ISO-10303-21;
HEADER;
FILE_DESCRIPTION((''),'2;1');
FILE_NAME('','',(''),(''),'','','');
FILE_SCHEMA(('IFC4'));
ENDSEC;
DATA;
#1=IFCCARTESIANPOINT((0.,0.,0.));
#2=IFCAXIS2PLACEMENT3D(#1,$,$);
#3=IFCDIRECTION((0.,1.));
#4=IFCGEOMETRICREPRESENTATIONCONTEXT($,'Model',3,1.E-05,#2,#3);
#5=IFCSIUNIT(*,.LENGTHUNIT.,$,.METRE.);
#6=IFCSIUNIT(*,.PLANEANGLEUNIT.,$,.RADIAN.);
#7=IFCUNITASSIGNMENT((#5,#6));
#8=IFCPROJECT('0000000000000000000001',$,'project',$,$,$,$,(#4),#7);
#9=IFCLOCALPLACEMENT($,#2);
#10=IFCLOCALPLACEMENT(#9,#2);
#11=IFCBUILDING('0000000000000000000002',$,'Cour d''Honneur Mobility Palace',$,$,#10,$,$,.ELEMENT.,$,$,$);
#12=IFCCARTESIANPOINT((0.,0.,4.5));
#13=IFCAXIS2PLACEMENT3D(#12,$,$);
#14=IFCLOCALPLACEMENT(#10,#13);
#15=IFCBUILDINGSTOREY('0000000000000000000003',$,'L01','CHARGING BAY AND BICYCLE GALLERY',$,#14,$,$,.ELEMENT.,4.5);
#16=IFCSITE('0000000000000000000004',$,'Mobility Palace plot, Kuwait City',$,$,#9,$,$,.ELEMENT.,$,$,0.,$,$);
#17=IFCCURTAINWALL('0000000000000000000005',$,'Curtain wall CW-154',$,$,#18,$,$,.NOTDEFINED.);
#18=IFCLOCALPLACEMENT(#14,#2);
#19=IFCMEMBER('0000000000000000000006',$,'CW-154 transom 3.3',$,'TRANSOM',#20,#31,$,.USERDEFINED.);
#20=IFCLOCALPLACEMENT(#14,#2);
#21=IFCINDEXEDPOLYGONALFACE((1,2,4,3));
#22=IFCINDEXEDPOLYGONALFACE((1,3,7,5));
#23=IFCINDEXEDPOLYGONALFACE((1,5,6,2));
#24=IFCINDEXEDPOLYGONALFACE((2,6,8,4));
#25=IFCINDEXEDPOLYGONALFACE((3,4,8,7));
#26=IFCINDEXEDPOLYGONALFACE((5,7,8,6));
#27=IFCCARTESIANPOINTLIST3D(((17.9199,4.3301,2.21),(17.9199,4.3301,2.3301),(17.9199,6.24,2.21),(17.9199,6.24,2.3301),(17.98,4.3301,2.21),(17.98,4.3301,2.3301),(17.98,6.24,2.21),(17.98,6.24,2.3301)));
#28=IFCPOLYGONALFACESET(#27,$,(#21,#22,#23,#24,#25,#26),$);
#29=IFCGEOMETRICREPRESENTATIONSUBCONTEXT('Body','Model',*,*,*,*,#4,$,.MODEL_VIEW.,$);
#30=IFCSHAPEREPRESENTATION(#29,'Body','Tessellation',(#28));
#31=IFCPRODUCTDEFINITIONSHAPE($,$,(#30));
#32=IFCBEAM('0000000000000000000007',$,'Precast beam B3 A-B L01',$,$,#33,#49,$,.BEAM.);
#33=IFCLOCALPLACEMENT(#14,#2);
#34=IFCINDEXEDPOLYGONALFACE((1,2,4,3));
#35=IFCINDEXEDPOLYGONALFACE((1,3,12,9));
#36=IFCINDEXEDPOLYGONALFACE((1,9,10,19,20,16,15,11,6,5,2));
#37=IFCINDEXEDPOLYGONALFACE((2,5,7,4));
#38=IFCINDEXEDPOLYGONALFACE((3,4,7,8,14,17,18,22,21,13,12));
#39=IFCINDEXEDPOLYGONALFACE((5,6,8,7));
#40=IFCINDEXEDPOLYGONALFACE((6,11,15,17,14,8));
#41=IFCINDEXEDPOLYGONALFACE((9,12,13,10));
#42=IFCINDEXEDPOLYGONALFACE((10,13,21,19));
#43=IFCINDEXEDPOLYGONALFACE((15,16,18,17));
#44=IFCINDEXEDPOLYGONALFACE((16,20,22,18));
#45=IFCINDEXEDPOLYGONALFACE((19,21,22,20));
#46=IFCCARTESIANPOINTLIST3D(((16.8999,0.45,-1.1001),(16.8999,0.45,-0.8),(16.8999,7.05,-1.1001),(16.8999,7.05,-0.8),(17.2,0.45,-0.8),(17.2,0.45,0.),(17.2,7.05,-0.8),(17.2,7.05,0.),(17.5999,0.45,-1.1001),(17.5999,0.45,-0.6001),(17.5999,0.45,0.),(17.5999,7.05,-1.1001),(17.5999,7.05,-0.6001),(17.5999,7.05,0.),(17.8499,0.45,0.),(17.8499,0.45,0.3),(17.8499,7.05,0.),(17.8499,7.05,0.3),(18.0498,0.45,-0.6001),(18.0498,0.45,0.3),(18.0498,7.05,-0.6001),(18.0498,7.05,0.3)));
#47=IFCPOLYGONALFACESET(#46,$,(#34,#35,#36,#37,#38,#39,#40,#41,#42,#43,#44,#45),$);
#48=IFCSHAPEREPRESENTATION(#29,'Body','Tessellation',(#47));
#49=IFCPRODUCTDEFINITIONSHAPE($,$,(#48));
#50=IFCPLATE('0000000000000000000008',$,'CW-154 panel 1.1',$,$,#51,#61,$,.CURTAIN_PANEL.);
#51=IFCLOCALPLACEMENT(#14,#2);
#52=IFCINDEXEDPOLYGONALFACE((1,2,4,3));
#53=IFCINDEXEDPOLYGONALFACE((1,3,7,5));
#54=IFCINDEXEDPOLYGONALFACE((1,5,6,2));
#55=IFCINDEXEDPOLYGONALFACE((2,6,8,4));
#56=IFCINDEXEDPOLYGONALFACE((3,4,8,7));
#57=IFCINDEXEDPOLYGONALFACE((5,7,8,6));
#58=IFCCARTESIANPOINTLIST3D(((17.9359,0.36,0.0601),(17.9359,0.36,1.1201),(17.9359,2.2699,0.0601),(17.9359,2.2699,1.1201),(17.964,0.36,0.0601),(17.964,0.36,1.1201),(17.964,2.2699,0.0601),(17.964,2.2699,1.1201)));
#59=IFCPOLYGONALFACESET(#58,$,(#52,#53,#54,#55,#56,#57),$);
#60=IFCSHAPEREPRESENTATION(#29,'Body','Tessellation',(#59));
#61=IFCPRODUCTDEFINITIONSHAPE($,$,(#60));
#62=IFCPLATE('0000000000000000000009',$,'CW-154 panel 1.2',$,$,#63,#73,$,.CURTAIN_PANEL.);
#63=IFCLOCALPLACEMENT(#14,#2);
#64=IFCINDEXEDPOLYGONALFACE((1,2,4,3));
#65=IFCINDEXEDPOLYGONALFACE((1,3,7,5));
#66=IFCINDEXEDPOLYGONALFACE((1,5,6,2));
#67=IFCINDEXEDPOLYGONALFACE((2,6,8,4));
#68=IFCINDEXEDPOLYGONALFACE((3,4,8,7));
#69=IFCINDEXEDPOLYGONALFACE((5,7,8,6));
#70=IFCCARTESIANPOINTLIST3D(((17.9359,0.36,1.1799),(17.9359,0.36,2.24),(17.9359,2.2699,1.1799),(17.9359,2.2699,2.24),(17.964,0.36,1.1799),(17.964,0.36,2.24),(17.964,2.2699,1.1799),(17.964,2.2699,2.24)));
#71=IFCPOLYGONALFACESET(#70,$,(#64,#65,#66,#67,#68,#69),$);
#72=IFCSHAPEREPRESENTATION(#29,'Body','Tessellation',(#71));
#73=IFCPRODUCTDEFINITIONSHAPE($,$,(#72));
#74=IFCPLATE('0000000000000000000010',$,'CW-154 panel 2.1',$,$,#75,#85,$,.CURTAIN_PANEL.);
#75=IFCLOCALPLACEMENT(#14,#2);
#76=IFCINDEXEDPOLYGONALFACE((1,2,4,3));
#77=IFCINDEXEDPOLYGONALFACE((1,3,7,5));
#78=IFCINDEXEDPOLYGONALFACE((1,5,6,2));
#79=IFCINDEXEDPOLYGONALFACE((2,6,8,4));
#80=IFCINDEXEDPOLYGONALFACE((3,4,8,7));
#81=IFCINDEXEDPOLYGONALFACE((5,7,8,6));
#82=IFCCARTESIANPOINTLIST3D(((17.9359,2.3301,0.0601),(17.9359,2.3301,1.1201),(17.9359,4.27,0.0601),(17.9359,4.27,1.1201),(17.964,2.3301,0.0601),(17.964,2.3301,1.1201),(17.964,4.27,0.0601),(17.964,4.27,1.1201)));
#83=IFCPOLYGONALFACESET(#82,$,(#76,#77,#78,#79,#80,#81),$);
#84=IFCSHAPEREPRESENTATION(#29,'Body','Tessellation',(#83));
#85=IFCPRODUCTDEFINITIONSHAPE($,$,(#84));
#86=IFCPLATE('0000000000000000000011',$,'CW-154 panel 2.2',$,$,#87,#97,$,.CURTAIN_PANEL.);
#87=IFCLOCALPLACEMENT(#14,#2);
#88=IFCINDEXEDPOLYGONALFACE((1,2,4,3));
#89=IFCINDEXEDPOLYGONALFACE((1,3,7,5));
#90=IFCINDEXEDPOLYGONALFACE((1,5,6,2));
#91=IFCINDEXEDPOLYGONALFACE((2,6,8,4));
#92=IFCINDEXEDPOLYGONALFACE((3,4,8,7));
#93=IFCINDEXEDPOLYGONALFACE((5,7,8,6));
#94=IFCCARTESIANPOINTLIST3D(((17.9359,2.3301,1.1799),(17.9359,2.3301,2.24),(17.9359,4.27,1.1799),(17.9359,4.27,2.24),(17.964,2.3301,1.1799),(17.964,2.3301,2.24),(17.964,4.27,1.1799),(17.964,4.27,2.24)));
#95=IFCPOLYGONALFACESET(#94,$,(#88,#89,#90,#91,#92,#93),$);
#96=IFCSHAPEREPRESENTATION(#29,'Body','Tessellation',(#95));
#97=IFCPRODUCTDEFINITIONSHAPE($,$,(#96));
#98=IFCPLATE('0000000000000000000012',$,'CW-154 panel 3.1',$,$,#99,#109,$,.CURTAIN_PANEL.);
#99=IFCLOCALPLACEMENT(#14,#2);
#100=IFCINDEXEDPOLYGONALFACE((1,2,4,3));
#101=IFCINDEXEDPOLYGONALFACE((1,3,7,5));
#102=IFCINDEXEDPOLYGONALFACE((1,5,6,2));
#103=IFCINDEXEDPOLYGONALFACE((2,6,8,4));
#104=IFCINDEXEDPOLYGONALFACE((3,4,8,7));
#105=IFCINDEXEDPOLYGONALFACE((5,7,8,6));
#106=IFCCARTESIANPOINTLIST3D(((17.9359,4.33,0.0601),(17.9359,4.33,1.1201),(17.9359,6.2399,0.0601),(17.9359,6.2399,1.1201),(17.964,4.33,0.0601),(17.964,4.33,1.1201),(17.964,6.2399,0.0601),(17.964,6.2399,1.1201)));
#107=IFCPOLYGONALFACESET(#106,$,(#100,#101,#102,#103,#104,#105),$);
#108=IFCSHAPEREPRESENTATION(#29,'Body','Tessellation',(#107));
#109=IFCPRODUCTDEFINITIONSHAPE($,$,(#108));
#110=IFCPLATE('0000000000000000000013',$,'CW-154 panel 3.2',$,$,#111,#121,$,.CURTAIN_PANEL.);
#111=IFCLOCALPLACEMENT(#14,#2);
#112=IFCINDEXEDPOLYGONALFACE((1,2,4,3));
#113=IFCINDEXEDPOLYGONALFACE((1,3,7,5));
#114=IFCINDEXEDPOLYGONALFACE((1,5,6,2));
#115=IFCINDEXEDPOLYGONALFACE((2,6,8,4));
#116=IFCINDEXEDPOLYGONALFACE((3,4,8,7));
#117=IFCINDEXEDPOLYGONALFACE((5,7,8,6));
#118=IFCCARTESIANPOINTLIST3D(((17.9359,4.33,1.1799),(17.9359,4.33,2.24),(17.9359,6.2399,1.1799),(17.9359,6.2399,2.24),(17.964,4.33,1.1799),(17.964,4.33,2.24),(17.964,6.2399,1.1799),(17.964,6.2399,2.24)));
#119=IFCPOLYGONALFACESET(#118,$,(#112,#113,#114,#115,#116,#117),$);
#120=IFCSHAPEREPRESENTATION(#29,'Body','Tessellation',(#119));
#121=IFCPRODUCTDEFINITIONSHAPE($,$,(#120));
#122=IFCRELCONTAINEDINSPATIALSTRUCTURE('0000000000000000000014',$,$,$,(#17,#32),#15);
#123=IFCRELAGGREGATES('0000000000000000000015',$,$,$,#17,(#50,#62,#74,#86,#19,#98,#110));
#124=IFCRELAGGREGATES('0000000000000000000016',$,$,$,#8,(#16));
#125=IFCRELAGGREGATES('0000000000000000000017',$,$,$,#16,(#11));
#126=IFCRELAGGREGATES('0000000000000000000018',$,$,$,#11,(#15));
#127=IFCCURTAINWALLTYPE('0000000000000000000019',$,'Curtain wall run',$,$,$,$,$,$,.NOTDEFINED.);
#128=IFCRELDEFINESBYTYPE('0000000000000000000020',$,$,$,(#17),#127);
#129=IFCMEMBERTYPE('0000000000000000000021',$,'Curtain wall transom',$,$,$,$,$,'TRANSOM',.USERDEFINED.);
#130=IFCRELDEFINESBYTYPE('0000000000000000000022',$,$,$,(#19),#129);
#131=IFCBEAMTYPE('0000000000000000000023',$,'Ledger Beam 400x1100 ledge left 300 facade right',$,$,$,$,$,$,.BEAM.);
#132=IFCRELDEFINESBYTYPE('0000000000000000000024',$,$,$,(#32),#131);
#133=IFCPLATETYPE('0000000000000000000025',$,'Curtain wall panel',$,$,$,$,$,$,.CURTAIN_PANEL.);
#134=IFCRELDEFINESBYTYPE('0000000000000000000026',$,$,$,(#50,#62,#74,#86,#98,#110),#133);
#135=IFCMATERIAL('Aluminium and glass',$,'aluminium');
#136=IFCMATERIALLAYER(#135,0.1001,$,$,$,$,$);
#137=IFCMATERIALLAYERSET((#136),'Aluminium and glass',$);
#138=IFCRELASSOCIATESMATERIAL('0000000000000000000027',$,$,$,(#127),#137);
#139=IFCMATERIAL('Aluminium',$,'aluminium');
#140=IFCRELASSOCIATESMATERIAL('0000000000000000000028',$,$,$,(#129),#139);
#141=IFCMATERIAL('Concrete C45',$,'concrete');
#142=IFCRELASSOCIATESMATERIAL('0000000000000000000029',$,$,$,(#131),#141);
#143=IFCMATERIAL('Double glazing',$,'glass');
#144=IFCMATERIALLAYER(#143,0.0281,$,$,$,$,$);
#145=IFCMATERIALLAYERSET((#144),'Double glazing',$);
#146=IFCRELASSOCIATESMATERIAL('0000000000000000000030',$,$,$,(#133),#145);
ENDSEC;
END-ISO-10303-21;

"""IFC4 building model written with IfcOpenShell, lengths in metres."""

from ifc_helpers import new_model, si_unit, direction, frame, origin, origin_2d, place, context, subcontext, project, spatial, polyline, rectangle, outline, extrude, material, layer, layer_set, material_profile, profile_set, type_object, element, aggregate, save


model = new_model("IFC4")

# Units and contexts
model_context = context("Model", 3, precision=1e-05, world=origin(), true_north=direction((0.0, 1.0)))
body_context = subcontext(model_context, "Body", "Model", "MODEL_VIEW")
ifc_project = project(units=[si_unit("LENGTHUNIT", "METRE"), si_unit("PLANEANGLEUNIT", "RADIAN")], contexts=[model_context])

# Site, building, storey
site_placement = place(None, origin())
site = spatial("IfcSite", under=ifc_project, at=site_placement, Name="Mobility Palace plot, Kuwait City", CompositionType="ELEMENT", RefElevation=0.0)
building_placement = place(site_placement, origin())
building = spatial("IfcBuilding", under=site, at=building_placement, Name="Cour d'Honneur Mobility Palace", CompositionType="ELEMENT")
storey_placement = place(building_placement, frame((0.0, 0.0, 4.5)))
storey = spatial("IfcBuildingStorey", under=building, at=storey_placement, Name="L01", Description="CHARGING BAY AND BICYCLE GALLERY", CompositionType="ELEMENT", Elevation=4.5)

# Curtain wall, member
ifc_material_1 = material(Name="Aluminium and glass", Category="aluminium")
ifc_layer_1 = layer(ifc_material_1, 0.1001)
ifc_layer_set_1 = layer_set([ifc_layer_1], Name="Aluminium and glass")
curtain_wall_type = type_object("IfcCurtainWallType", Name="Curtain wall run", PredefinedType="NOTDEFINED", material=ifc_layer_set_1)
curtain_wall_placement = place(storey_placement, origin())
curtain_wall = element("IfcCurtainWall", 1, at=curtain_wall_placement, inside=storey, type_object=curtain_wall_type, Name="Curtain wall CW-154", PredefinedType="NOTDEFINED")
ifc_material_2 = material(Name="Aluminium", Category="aluminium")
ifc_material_profile_1 = material_profile(ifc_material_2, rectangle(XDim=0.0601, YDim=0.1201, at=origin_2d()), Name="Curtain wall transom")
ifc_profile_set_1 = profile_set([ifc_material_profile_1], Name="Aluminium")
member_type_1 = type_object("IfcMemberType", Name="Curtain wall transom", ElementType="TRANSOM", PredefinedType="USERDEFINED", material=ifc_profile_set_1)
member_1_placement = place(storey_placement, frame((17.95, 4.3301, 2.27), z_axis=(0.0, 1.0, 0.0), x_axis=(-1.0, 0.0, 0.0)))
member_1 = element("IfcMember", 2, at=member_1_placement, type_object=member_type_1, Name="CW-154 transom 3.3", ObjectType="TRANSOM", PredefinedType="USERDEFINED", context=body_context, shape_type="SweptSolid", body=[
    extrude(rectangle(XDim=0.0601, YDim=0.1201, at=origin_2d()), origin(), (0.0, 0.0, 1.0), 1.9099),
])

# Beam
ifc_material_3 = material(Name="Concrete C45", Category="concrete")
ifc_material_profile_2 = material_profile(ifc_material_3, outline(polyline([(0.5, -1.1001), (0.5, -0.8), (0.2, -0.8), (0.2, 0.0), (-0.2, 0.0), (-0.45, 0.0), (-0.45, 0.3), (-0.6499, 0.3), (-0.6499, -0.6001), (-0.2, -0.6001), (-0.2, -1.1001), (0.5, -1.1001)])), Name="Ledger Beam 400x1100 ledge left 300 facade right")
ifc_profile_set_2 = profile_set([ifc_material_profile_2], Name="Concrete C45")
beam_type = type_object("IfcBeamType", Name="Ledger Beam 400x1100 ledge left 300 facade right", PredefinedType="BEAM", material=ifc_profile_set_2)
beam_placement = place(storey_placement, frame((17.3999, 0.45, 0.0), z_axis=(0.0, 1.0, 0.0), x_axis=(-1.0, 0.0, 0.0)))
element("IfcBeam", 3, at=beam_placement, inside=storey, type_object=beam_type, Name="Precast beam B3 A-B L01", PredefinedType="BEAM", context=body_context, shape_type="SweptSolid", body=[
    extrude(outline(polyline([(0.5, -1.1001), (0.5, -0.8), (0.2, -0.8), (0.2, 0.0), (-0.2, 0.0), (-0.45, 0.0), (-0.45, 0.3), (-0.6499, 0.3), (-0.6499, -0.6001), (-0.2, -0.6001), (-0.2, -1.1001), (0.5, -1.1001)])), origin(), (0.0, 0.0, 1.0), 6.6001),
])

# Plates
ifc_material_4 = material(Name="Double glazing", Category="glass")
ifc_layer_2 = layer(ifc_material_4, 0.0281)
ifc_layer_set_2 = layer_set([ifc_layer_2], Name="Double glazing")
plate_type = type_object("IfcPlateType", Name="Curtain wall panel", PredefinedType="CURTAIN_PANEL", material=ifc_layer_set_2)
plate_1_placement = place(storey_placement, frame((17.95, 1.3149, 0.0601), z_axis=(0.0, 0.0, 1.0), x_axis=(0.0, 1.0, 0.0)))
plate_1 = element("IfcPlate", 4, at=plate_1_placement, type_object=plate_type, Name="CW-154 panel 1.1", PredefinedType="CURTAIN_PANEL", context=body_context, shape_type="SweptSolid", body=[
    extrude(rectangle(XDim=1.9099, YDim=0.0281, at=origin_2d()), origin(), (0.0, 0.0, 1.0), 1.0601),
])
plate_2_placement = place(storey_placement, frame((17.95, 1.3149, 1.1799), z_axis=(0.0, 0.0, 1.0), x_axis=(0.0, 1.0, 0.0)))
plate_2 = element("IfcPlate", 5, at=plate_2_placement, type_object=plate_type, Name="CW-154 panel 1.2", PredefinedType="CURTAIN_PANEL", context=body_context, shape_type="SweptSolid", body=[
    extrude(rectangle(XDim=1.9099, YDim=0.0281, at=origin_2d()), origin(), (0.0, 0.0, 1.0), 1.0601),
])
plate_3_placement = place(storey_placement, frame((17.95, 3.3, 0.0601), z_axis=(0.0, 0.0, 1.0), x_axis=(0.0, 1.0, 0.0)))
plate_3 = element("IfcPlate", 6, at=plate_3_placement, type_object=plate_type, Name="CW-154 panel 2.1", PredefinedType="CURTAIN_PANEL", context=body_context, shape_type="SweptSolid", body=[
    extrude(rectangle(XDim=1.9399, YDim=0.0281, at=origin_2d()), origin(), (0.0, 0.0, 1.0), 1.0601),
])
plate_4_placement = place(storey_placement, frame((17.95, 3.3, 1.1799), z_axis=(0.0, 0.0, 1.0), x_axis=(0.0, 1.0, 0.0)))
plate_4 = element("IfcPlate", 7, at=plate_4_placement, type_object=plate_type, Name="CW-154 panel 2.2", PredefinedType="CURTAIN_PANEL", context=body_context, shape_type="SweptSolid", body=[
    extrude(rectangle(XDim=1.9399, YDim=0.0281, at=origin_2d()), origin(), (0.0, 0.0, 1.0), 1.0601),
])
plate_5_placement = place(storey_placement, frame((17.95, 5.2849, 0.0601), z_axis=(0.0, 0.0, 1.0), x_axis=(0.0, 1.0, 0.0)))
plate_5 = element("IfcPlate", 8, at=plate_5_placement, type_object=plate_type, Name="CW-154 panel 3.1", PredefinedType="CURTAIN_PANEL", context=body_context, shape_type="SweptSolid", body=[
    extrude(rectangle(XDim=1.9099, YDim=0.0281, at=origin_2d()), origin(), (0.0, 0.0, 1.0), 1.0601),
])
plate_6_placement = place(storey_placement, frame((17.95, 5.2849, 1.1799), z_axis=(0.0, 0.0, 1.0), x_axis=(0.0, 1.0, 0.0)))
plate_6 = element("IfcPlate", 9, at=plate_6_placement, type_object=plate_type, Name="CW-154 panel 3.2", PredefinedType="CURTAIN_PANEL", context=body_context, shape_type="SweptSolid", body=[
    extrude(rectangle(XDim=1.9099, YDim=0.0281, at=origin_2d()), origin(), (0.0, 0.0, 1.0), 1.0601),
])
aggregate(curtain_wall, [plate_1, plate_2, plate_3, plate_4, member_1, plate_5, plate_6])

save(model, "model.ifc")
